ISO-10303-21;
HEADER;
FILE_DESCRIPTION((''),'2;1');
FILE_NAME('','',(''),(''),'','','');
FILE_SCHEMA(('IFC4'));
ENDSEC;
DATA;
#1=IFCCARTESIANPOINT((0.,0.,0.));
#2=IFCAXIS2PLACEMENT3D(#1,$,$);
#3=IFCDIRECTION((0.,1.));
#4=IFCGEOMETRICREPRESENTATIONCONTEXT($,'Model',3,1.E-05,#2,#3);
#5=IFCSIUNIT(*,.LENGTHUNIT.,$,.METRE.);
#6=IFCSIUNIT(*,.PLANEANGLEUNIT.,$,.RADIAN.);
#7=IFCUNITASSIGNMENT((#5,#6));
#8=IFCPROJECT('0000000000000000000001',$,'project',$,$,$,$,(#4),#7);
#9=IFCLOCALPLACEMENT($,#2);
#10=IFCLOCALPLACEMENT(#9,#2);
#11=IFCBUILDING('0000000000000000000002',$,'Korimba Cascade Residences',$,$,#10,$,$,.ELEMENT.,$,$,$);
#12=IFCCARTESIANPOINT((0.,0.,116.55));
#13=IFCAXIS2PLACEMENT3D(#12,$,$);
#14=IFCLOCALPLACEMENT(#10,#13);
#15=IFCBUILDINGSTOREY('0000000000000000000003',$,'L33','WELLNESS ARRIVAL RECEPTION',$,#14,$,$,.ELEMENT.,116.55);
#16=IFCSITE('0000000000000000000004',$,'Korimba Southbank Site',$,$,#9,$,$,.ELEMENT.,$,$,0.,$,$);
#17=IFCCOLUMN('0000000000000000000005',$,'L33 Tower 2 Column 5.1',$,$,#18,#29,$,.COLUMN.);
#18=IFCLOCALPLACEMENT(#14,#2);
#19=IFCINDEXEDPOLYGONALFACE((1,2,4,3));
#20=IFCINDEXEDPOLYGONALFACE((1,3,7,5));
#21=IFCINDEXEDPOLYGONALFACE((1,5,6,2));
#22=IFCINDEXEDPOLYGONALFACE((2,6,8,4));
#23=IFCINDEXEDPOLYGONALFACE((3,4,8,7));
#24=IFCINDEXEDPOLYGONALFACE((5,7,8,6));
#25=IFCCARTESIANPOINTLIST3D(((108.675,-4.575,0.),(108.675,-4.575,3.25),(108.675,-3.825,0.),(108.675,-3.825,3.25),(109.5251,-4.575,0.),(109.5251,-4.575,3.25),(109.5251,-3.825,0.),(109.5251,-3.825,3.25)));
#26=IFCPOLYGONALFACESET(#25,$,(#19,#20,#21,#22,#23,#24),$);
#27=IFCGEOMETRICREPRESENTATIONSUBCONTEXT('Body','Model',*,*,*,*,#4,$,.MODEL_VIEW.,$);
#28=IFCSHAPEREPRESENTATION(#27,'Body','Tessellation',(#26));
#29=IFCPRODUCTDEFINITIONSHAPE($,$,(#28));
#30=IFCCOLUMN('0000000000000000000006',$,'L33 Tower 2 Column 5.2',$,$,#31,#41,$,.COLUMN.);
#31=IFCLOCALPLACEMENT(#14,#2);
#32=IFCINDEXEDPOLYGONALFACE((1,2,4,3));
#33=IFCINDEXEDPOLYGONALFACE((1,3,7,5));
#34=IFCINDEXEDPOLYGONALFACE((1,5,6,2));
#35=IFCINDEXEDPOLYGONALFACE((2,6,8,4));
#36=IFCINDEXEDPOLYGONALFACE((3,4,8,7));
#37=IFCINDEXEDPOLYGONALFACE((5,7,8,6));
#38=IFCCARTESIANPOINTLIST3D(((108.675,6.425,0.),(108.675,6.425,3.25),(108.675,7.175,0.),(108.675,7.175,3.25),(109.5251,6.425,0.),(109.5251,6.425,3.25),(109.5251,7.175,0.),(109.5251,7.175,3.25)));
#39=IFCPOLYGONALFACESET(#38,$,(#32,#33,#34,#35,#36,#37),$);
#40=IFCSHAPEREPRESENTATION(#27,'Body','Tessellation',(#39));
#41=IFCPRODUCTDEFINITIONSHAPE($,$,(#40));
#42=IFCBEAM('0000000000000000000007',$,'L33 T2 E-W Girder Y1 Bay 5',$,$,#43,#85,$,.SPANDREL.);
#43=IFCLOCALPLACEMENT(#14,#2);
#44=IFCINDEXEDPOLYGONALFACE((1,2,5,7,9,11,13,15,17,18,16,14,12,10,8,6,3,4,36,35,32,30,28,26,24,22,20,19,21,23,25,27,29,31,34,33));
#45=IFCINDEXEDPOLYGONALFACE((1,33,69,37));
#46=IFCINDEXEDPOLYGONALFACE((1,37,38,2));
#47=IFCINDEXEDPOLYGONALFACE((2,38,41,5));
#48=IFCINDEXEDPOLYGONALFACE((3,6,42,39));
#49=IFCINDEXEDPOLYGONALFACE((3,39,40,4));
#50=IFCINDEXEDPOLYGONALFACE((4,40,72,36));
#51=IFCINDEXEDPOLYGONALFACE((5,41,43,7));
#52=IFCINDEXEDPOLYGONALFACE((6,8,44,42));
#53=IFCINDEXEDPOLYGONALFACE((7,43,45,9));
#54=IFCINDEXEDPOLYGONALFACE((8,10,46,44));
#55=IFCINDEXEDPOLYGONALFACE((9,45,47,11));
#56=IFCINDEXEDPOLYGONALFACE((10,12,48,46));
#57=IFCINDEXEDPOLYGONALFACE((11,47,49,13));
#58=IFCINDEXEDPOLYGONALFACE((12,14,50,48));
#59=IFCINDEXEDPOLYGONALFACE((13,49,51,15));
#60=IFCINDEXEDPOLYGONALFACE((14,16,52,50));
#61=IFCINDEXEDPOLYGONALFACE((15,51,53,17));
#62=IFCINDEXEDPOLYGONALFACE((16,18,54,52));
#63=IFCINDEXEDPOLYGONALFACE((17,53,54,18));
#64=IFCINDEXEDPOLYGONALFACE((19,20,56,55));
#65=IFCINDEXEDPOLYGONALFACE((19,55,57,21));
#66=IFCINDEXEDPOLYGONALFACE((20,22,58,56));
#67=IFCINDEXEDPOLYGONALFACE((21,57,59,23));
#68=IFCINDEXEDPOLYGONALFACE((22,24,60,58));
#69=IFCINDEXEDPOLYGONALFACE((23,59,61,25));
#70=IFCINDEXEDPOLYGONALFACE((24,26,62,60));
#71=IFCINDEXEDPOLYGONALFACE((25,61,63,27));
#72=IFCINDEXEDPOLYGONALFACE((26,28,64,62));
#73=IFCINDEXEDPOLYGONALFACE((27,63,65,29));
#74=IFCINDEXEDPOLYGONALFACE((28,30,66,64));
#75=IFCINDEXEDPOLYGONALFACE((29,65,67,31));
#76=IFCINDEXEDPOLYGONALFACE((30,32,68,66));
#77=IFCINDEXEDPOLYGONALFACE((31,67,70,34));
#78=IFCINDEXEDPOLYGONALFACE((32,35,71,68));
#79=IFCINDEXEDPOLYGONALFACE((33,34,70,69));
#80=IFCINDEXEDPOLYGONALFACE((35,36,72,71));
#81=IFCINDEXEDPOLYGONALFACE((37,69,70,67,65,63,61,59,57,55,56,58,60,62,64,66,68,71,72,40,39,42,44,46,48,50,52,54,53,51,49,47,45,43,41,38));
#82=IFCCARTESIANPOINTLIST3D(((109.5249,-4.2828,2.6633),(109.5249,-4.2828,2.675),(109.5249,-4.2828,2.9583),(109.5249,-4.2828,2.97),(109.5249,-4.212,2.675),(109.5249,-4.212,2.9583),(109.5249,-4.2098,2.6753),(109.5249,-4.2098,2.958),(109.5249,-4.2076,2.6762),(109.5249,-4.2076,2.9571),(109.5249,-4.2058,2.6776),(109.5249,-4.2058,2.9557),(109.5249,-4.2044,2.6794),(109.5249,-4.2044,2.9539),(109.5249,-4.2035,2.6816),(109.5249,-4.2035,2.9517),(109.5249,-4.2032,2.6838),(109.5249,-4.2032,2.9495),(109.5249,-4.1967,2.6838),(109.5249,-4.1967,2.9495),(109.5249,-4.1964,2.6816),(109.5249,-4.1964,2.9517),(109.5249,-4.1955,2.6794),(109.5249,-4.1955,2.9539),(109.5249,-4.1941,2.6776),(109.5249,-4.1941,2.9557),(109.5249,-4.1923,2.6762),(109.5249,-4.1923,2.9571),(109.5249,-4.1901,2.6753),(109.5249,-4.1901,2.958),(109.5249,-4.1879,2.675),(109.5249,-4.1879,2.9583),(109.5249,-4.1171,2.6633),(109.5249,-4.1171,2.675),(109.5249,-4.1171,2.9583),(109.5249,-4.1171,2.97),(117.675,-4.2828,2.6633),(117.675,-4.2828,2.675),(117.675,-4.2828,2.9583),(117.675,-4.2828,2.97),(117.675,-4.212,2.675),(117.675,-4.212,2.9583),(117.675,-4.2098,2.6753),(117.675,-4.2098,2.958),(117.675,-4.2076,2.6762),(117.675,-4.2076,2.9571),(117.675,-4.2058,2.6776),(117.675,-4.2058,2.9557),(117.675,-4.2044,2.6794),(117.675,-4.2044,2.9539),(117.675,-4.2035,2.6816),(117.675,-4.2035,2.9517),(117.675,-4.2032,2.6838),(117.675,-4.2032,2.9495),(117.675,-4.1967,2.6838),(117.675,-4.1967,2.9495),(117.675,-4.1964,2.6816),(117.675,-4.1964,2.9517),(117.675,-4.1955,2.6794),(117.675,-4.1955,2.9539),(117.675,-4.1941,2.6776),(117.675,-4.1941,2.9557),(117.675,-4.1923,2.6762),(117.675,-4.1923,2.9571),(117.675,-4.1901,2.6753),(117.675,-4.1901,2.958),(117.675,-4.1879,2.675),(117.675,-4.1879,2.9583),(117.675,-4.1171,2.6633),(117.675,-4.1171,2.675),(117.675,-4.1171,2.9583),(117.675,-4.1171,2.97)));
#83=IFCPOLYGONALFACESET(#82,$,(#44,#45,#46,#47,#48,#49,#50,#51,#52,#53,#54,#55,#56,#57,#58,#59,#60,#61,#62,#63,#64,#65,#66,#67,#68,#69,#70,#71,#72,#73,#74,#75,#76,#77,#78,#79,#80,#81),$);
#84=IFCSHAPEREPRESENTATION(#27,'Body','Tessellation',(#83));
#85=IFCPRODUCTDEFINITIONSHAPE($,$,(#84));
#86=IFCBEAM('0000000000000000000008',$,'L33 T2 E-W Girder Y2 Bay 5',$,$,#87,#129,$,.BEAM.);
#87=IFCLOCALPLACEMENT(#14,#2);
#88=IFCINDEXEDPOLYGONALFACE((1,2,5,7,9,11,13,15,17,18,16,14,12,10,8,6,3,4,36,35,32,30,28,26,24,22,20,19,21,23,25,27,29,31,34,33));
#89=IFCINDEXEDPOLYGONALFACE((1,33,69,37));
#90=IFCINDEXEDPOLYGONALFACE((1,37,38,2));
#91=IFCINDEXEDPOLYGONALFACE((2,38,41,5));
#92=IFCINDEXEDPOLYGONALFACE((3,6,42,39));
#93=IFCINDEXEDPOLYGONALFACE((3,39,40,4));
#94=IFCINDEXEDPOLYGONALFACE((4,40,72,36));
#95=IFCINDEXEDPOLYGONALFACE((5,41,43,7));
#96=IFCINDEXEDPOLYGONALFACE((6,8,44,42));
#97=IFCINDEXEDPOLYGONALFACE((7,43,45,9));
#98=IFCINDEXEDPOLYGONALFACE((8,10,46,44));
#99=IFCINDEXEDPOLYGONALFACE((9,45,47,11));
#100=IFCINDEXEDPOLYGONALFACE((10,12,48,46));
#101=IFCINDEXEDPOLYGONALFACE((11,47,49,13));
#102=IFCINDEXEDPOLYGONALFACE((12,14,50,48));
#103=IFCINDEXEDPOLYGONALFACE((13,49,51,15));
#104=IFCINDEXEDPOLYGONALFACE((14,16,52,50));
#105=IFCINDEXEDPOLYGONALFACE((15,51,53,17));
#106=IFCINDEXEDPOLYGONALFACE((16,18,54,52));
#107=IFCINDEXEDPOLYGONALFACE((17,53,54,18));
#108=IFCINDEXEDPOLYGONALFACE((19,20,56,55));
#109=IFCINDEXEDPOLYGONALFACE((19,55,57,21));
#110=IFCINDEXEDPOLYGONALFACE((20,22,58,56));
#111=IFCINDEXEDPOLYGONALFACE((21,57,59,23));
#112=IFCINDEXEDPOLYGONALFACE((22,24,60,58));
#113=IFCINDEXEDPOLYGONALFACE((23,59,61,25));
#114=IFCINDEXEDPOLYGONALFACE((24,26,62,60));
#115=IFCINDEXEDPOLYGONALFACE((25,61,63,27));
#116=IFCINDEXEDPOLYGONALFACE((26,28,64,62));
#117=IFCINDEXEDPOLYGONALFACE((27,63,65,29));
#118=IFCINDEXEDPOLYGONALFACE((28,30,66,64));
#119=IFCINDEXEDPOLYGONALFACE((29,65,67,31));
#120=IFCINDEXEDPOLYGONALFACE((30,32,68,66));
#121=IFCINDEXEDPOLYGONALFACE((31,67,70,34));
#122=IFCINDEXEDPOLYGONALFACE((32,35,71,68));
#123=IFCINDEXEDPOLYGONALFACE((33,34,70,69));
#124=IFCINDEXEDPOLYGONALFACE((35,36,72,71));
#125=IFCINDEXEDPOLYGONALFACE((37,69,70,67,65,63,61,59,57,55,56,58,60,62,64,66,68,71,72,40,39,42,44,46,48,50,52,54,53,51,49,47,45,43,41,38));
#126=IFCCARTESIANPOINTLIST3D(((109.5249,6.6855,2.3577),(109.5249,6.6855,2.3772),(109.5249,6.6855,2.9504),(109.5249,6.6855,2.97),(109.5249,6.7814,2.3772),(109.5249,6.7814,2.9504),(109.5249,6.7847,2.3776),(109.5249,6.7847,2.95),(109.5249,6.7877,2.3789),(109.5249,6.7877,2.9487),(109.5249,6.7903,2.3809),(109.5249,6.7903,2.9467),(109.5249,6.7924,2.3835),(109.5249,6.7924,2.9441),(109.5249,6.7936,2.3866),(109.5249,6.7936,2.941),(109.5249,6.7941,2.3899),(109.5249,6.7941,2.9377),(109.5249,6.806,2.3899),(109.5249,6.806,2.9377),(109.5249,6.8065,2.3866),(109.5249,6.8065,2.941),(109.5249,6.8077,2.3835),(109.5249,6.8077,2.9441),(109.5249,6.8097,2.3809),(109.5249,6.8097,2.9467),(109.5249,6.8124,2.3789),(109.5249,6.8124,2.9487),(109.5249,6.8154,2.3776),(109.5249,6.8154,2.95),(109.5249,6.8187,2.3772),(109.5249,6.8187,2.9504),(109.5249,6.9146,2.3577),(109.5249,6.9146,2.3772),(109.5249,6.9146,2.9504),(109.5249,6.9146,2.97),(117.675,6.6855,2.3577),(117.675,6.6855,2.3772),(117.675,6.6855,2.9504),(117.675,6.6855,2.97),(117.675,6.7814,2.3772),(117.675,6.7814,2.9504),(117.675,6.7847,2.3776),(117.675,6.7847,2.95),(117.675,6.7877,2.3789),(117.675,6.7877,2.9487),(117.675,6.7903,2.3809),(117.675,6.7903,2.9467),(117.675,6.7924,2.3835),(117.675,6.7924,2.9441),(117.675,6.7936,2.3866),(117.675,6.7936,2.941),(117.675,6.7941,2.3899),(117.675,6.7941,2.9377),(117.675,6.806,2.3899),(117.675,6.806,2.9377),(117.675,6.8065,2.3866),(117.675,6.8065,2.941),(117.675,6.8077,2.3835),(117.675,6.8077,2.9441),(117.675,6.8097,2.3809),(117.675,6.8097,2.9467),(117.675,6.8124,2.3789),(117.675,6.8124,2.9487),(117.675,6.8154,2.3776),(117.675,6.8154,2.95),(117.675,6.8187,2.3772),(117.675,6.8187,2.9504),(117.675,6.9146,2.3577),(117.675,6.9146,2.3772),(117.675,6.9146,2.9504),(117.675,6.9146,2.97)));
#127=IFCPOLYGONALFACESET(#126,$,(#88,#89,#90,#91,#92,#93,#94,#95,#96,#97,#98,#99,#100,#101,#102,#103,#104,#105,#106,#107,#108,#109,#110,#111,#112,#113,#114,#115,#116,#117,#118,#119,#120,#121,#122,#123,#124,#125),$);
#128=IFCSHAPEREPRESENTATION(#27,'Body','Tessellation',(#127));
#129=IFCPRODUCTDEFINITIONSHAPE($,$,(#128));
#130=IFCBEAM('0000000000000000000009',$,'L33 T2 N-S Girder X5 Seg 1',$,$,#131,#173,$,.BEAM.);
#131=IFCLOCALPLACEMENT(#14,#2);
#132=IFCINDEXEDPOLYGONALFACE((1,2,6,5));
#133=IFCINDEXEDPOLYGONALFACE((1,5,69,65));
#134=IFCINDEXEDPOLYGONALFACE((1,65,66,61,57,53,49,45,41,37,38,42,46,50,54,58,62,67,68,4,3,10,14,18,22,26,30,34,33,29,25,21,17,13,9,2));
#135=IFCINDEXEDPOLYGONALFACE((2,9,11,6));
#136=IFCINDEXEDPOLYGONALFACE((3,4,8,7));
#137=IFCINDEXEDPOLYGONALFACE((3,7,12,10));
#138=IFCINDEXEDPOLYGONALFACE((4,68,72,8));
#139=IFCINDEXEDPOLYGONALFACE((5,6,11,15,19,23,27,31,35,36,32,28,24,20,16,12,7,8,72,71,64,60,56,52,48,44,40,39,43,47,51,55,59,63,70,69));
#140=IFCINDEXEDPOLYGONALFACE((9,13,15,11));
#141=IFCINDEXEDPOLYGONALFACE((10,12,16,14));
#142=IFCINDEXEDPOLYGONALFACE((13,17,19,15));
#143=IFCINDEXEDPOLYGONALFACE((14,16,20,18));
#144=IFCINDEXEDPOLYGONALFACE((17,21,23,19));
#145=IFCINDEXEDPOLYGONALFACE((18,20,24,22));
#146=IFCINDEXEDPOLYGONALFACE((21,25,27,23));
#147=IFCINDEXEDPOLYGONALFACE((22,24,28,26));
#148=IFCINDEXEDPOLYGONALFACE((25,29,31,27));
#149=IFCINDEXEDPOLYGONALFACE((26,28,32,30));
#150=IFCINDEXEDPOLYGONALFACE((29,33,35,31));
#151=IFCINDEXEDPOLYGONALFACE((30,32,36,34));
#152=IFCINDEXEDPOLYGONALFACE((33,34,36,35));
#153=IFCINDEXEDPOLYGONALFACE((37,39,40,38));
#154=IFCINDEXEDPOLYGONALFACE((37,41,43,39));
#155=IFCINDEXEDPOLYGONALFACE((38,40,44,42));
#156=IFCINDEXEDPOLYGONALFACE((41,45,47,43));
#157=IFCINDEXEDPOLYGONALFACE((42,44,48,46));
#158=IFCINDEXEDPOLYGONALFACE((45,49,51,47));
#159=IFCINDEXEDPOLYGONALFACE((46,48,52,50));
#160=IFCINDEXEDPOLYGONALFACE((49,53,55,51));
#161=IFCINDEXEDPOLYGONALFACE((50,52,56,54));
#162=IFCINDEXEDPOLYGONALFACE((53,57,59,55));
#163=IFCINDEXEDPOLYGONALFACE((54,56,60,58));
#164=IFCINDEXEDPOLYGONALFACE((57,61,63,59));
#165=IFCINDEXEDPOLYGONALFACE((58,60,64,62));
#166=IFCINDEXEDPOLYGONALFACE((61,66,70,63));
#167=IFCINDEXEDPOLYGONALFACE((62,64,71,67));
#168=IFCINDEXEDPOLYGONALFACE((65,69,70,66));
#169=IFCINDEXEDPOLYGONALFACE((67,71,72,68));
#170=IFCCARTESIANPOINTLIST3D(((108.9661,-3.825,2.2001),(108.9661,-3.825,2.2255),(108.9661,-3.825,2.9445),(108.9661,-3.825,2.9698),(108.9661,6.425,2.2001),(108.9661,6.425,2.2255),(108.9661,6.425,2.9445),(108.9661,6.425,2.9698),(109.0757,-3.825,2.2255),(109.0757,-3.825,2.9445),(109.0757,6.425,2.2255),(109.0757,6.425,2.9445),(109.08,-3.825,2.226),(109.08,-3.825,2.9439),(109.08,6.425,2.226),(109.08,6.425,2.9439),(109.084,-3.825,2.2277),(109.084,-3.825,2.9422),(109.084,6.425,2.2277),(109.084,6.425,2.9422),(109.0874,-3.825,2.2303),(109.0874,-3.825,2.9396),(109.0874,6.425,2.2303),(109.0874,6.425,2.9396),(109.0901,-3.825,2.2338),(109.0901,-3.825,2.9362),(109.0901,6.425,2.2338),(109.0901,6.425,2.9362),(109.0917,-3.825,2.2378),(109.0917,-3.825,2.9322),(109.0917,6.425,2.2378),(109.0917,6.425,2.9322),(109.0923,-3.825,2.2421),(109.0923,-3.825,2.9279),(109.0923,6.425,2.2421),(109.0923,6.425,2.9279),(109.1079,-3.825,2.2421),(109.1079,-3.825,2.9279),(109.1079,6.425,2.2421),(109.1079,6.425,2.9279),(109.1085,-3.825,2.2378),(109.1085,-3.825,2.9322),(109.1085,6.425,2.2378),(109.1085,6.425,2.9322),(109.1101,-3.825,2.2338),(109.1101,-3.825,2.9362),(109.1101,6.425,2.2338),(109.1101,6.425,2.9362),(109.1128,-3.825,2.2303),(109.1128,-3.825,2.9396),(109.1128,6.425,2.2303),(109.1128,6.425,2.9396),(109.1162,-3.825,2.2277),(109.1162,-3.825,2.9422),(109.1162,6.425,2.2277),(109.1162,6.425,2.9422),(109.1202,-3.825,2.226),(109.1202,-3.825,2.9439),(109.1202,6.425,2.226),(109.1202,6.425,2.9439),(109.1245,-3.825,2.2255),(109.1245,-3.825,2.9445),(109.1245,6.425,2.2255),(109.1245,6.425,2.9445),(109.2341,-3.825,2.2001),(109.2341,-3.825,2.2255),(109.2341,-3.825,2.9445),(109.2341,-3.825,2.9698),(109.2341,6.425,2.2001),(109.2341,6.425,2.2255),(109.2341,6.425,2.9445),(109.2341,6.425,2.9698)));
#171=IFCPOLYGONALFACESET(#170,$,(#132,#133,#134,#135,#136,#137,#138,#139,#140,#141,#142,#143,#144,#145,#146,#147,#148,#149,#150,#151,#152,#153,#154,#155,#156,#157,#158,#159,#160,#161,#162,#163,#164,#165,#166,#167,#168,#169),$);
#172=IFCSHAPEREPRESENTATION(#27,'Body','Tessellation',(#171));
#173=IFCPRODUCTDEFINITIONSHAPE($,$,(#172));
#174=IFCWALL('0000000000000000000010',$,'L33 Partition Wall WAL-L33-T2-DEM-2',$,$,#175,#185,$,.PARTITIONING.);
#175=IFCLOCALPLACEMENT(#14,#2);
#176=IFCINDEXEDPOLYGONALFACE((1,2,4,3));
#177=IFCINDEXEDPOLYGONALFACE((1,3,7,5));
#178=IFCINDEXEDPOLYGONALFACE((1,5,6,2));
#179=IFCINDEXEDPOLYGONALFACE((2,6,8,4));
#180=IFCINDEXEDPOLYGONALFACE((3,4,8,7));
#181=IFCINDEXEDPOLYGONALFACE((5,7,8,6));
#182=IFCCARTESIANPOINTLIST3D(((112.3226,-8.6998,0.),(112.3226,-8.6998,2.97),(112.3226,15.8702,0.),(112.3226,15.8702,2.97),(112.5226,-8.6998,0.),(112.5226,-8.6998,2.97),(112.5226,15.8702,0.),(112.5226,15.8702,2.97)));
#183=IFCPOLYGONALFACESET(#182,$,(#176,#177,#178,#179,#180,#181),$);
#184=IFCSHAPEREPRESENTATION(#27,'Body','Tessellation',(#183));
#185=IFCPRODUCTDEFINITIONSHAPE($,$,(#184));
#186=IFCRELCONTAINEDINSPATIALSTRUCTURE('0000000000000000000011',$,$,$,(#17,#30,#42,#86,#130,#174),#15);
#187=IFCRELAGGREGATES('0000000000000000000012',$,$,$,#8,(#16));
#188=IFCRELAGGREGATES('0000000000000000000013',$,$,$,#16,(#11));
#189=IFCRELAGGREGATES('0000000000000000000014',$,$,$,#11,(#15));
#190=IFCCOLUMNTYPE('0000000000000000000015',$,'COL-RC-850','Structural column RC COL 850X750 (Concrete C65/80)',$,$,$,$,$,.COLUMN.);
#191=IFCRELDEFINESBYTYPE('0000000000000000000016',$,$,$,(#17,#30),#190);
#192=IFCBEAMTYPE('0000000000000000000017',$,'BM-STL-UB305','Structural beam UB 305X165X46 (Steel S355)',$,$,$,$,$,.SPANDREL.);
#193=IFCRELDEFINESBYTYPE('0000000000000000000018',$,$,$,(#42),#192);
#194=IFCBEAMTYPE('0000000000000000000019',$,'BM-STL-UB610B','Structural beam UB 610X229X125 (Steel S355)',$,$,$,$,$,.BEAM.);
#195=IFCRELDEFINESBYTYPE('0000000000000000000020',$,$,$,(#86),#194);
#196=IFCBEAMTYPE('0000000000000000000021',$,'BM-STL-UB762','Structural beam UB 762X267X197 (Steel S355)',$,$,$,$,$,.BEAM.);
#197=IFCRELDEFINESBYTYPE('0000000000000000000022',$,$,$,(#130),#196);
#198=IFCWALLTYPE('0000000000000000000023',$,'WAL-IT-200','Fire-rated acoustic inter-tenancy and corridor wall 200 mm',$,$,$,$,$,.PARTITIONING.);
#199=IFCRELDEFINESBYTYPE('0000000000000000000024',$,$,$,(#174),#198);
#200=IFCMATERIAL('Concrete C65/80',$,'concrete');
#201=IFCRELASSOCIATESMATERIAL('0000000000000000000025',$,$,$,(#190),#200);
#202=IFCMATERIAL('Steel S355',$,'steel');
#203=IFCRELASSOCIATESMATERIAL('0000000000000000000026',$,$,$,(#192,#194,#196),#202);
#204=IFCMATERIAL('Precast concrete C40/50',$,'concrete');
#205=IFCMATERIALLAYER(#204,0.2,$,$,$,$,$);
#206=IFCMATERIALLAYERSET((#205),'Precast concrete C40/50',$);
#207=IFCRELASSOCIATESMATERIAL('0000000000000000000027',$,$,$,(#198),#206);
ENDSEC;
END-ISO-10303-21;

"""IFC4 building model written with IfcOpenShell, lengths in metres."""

from ifc_helpers import new_model, si_unit, direction, frame, frame_2d, origin, origin_2d, place, context, subcontext, project, spatial, rectangle, i_section, extrude, material, layer, layer_set, material_profile, profile_set, type_object, element, save


model = new_model("IFC4")

# Units and contexts
model_context = context("Model", 3, precision=1e-05, world=origin(), true_north=direction((0.0, 1.0)))
body_context = subcontext(model_context, "Body", "Model", "MODEL_VIEW")
ifc_project = project(units=[si_unit("LENGTHUNIT", "METRE"), si_unit("PLANEANGLEUNIT", "RADIAN")], contexts=[model_context])

# Site, building, storey
site_placement = place(None, origin())
site = spatial("IfcSite", under=ifc_project, at=site_placement, Name="Korimba Southbank Site", CompositionType="ELEMENT", RefElevation=0.0)
building_placement = place(site_placement, origin())
building = spatial("IfcBuilding", under=site, at=building_placement, Name="Korimba Cascade Residences", CompositionType="ELEMENT")
storey_placement = place(building_placement, frame((0.0, 0.0, 116.55)))
storey = spatial("IfcBuildingStorey", under=building, at=storey_placement, Name="L33", Description="WELLNESS ARRIVAL RECEPTION", CompositionType="ELEMENT", Elevation=116.55)

# Columns
ifc_material_1 = material(Name="Concrete C65/80", Category="concrete")
ifc_material_profile_1 = material_profile(ifc_material_1, rectangle(XDim=0.8501, YDim=0.75, at=origin_2d()), Name="Concrete C65/80")
ifc_profile_set_1 = profile_set([ifc_material_profile_1], Name="Concrete C65/80")
column_type = type_object("IfcColumnType", Name="COL-RC-850", Description="Structural column RC COL 850X750 (Concrete C65/80)", PredefinedType="COLUMN", material=ifc_profile_set_1)
for number, where, z_axis, x_axis, name in (
    (1, (109.1001, -4.2, 0.0), (0.0, 0.0, 1.0), (1.0, 0.0, 0.0), "L33 Tower 2 Column 5.1"),
    (2, (109.1001, 6.8, 0.0), (0.0, 0.0, 1.0), (1.0, 0.0, 0.0), "L33 Tower 2 Column 5.2"),
):
    element("IfcColumn", number, at=place(storey_placement, frame(where, z_axis=z_axis, x_axis=x_axis)), inside=storey, type_object=column_type, Name=name, PredefinedType="COLUMN", context=body_context, shape_type="SweptSolid", body=[
        extrude(rectangle(XDim=0.8501, YDim=0.75, at=origin_2d()), origin(), (0.0, 0.0, 1.0), 3.25),
    ])

# Beams
ifc_material_2 = material(Name="Steel S355", Category="steel")
ifc_material_profile_2 = material_profile(ifc_material_2, i_section(OverallWidth=0.1658, OverallDepth=0.3066, WebThickness=0.0066, FlangeThickness=0.0117, FilletRadius=0.0088, at=origin_2d()), Name="Steel S355")
ifc_profile_set_2 = profile_set([ifc_material_profile_2], Name="Steel S355")
beam_type_1 = type_object("IfcBeamType", Name="BM-STL-UB305", Description="Structural beam UB 305X165X46 (Steel S355)", PredefinedType="SPANDREL", material=ifc_profile_set_2)
beam_1_placement = place(storey_placement, frame((109.5249, -4.2, 2.8167), z_axis=(1.0, 0.0, 0.0), x_axis=(0.0, 1.0, 0.0)))
element("IfcBeam", 3, at=beam_1_placement, inside=storey, type_object=beam_type_1, Name="L33 T2 E-W Girder Y1 Bay 5", PredefinedType="SPANDREL", context=body_context, shape_type="SweptSolid", body=[
    extrude(i_section(OverallWidth=0.1658, OverallDepth=0.3066, WebThickness=0.0066, FlangeThickness=0.0117, FilletRadius=0.0088, at=origin_2d()), origin(), (0.0, 0.0, 1.0), 8.1501),
])
ifc_material_profile_3 = material_profile(ifc_material_2, i_section(OverallWidth=0.229, OverallDepth=0.6123, WebThickness=0.012, FlangeThickness=0.0195, FilletRadius=0.0127, at=origin_2d()), Name="Steel S355")
ifc_profile_set_3 = profile_set([ifc_material_profile_3], Name="Steel S355")
beam_type_2 = type_object("IfcBeamType", Name="BM-STL-UB610B", Description="Structural beam UB 610X229X125 (Steel S355)", PredefinedType="BEAM", material=ifc_profile_set_3)
beam_2_placement = place(storey_placement, frame((109.5249, 6.8, 2.6638), z_axis=(1.0, 0.0, 0.0), x_axis=(0.0, 1.0, 0.0)))
element("IfcBeam", 4, at=beam_2_placement, inside=storey, type_object=beam_type_2, Name="L33 T2 E-W Girder Y2 Bay 5", PredefinedType="BEAM", context=body_context, shape_type="SweptSolid", body=[
    extrude(i_section(OverallWidth=0.229, OverallDepth=0.6123, WebThickness=0.012, FlangeThickness=0.0195, FilletRadius=0.0127, at=origin_2d()), origin(), (0.0, 0.0, 1.0), 8.1501),
])
ifc_material_profile_4 = material_profile(ifc_material_2, i_section(OverallWidth=0.2681, OverallDepth=0.7698, WebThickness=0.0156, FlangeThickness=0.0254, FilletRadius=0.0166, at=origin_2d()), Name="Steel S355")
ifc_profile_set_4 = profile_set([ifc_material_profile_4], Name="Steel S355")
beam_type_3 = type_object("IfcBeamType", Name="BM-STL-UB762", Description="Structural beam UB 762X267X197 (Steel S355)", PredefinedType="BEAM", material=ifc_profile_set_4)
beam_3_placement = place(storey_placement, frame((109.1001, -3.825, 2.585), z_axis=(0.0, 1.0, 0.0), x_axis=(-1.0, 0.0, 0.0)))
element("IfcBeam", 5, at=beam_3_placement, inside=storey, type_object=beam_type_3, Name="L33 T2 N-S Girder X5 Seg 1", PredefinedType="BEAM", context=body_context, shape_type="SweptSolid", body=[
    extrude(i_section(OverallWidth=0.2681, OverallDepth=0.7698, WebThickness=0.0156, FlangeThickness=0.0254, FilletRadius=0.0166, at=origin_2d()), origin(), (0.0, 0.0, 1.0), 10.25),
])

# Wall
ifc_material_3 = material(Name="Precast concrete C40/50", Category="concrete")
ifc_layer_1 = layer(ifc_material_3, 0.2)
ifc_layer_set_1 = layer_set([ifc_layer_1], Name="Precast concrete C40/50")
wall_type_1 = type_object("IfcWallType", Name="WAL-IT-200", Description="Fire-rated acoustic inter-tenancy and corridor wall 200 mm", PredefinedType="PARTITIONING", material=ifc_layer_set_1)
wall_1_placement = place(storey_placement, frame((112.4226, -8.7, 0.0), z_axis=(0.0, 0.0, 1.0), x_axis=(0.0, 1.0, 0.0)))
element("IfcWall", 6, at=wall_1_placement, inside=storey, type_object=wall_type_1, Name="L33 Partition Wall WAL-L33-T2-DEM-2", PredefinedType="PARTITIONING", context=body_context, shape_type="SweptSolid", body=[
    extrude(rectangle(XDim=24.5701, YDim=0.2, at=frame_2d((12.2852, 0.0))), origin(), (0.0, 0.0, 1.0), 2.97),
])

save(model, "model.ifc")
